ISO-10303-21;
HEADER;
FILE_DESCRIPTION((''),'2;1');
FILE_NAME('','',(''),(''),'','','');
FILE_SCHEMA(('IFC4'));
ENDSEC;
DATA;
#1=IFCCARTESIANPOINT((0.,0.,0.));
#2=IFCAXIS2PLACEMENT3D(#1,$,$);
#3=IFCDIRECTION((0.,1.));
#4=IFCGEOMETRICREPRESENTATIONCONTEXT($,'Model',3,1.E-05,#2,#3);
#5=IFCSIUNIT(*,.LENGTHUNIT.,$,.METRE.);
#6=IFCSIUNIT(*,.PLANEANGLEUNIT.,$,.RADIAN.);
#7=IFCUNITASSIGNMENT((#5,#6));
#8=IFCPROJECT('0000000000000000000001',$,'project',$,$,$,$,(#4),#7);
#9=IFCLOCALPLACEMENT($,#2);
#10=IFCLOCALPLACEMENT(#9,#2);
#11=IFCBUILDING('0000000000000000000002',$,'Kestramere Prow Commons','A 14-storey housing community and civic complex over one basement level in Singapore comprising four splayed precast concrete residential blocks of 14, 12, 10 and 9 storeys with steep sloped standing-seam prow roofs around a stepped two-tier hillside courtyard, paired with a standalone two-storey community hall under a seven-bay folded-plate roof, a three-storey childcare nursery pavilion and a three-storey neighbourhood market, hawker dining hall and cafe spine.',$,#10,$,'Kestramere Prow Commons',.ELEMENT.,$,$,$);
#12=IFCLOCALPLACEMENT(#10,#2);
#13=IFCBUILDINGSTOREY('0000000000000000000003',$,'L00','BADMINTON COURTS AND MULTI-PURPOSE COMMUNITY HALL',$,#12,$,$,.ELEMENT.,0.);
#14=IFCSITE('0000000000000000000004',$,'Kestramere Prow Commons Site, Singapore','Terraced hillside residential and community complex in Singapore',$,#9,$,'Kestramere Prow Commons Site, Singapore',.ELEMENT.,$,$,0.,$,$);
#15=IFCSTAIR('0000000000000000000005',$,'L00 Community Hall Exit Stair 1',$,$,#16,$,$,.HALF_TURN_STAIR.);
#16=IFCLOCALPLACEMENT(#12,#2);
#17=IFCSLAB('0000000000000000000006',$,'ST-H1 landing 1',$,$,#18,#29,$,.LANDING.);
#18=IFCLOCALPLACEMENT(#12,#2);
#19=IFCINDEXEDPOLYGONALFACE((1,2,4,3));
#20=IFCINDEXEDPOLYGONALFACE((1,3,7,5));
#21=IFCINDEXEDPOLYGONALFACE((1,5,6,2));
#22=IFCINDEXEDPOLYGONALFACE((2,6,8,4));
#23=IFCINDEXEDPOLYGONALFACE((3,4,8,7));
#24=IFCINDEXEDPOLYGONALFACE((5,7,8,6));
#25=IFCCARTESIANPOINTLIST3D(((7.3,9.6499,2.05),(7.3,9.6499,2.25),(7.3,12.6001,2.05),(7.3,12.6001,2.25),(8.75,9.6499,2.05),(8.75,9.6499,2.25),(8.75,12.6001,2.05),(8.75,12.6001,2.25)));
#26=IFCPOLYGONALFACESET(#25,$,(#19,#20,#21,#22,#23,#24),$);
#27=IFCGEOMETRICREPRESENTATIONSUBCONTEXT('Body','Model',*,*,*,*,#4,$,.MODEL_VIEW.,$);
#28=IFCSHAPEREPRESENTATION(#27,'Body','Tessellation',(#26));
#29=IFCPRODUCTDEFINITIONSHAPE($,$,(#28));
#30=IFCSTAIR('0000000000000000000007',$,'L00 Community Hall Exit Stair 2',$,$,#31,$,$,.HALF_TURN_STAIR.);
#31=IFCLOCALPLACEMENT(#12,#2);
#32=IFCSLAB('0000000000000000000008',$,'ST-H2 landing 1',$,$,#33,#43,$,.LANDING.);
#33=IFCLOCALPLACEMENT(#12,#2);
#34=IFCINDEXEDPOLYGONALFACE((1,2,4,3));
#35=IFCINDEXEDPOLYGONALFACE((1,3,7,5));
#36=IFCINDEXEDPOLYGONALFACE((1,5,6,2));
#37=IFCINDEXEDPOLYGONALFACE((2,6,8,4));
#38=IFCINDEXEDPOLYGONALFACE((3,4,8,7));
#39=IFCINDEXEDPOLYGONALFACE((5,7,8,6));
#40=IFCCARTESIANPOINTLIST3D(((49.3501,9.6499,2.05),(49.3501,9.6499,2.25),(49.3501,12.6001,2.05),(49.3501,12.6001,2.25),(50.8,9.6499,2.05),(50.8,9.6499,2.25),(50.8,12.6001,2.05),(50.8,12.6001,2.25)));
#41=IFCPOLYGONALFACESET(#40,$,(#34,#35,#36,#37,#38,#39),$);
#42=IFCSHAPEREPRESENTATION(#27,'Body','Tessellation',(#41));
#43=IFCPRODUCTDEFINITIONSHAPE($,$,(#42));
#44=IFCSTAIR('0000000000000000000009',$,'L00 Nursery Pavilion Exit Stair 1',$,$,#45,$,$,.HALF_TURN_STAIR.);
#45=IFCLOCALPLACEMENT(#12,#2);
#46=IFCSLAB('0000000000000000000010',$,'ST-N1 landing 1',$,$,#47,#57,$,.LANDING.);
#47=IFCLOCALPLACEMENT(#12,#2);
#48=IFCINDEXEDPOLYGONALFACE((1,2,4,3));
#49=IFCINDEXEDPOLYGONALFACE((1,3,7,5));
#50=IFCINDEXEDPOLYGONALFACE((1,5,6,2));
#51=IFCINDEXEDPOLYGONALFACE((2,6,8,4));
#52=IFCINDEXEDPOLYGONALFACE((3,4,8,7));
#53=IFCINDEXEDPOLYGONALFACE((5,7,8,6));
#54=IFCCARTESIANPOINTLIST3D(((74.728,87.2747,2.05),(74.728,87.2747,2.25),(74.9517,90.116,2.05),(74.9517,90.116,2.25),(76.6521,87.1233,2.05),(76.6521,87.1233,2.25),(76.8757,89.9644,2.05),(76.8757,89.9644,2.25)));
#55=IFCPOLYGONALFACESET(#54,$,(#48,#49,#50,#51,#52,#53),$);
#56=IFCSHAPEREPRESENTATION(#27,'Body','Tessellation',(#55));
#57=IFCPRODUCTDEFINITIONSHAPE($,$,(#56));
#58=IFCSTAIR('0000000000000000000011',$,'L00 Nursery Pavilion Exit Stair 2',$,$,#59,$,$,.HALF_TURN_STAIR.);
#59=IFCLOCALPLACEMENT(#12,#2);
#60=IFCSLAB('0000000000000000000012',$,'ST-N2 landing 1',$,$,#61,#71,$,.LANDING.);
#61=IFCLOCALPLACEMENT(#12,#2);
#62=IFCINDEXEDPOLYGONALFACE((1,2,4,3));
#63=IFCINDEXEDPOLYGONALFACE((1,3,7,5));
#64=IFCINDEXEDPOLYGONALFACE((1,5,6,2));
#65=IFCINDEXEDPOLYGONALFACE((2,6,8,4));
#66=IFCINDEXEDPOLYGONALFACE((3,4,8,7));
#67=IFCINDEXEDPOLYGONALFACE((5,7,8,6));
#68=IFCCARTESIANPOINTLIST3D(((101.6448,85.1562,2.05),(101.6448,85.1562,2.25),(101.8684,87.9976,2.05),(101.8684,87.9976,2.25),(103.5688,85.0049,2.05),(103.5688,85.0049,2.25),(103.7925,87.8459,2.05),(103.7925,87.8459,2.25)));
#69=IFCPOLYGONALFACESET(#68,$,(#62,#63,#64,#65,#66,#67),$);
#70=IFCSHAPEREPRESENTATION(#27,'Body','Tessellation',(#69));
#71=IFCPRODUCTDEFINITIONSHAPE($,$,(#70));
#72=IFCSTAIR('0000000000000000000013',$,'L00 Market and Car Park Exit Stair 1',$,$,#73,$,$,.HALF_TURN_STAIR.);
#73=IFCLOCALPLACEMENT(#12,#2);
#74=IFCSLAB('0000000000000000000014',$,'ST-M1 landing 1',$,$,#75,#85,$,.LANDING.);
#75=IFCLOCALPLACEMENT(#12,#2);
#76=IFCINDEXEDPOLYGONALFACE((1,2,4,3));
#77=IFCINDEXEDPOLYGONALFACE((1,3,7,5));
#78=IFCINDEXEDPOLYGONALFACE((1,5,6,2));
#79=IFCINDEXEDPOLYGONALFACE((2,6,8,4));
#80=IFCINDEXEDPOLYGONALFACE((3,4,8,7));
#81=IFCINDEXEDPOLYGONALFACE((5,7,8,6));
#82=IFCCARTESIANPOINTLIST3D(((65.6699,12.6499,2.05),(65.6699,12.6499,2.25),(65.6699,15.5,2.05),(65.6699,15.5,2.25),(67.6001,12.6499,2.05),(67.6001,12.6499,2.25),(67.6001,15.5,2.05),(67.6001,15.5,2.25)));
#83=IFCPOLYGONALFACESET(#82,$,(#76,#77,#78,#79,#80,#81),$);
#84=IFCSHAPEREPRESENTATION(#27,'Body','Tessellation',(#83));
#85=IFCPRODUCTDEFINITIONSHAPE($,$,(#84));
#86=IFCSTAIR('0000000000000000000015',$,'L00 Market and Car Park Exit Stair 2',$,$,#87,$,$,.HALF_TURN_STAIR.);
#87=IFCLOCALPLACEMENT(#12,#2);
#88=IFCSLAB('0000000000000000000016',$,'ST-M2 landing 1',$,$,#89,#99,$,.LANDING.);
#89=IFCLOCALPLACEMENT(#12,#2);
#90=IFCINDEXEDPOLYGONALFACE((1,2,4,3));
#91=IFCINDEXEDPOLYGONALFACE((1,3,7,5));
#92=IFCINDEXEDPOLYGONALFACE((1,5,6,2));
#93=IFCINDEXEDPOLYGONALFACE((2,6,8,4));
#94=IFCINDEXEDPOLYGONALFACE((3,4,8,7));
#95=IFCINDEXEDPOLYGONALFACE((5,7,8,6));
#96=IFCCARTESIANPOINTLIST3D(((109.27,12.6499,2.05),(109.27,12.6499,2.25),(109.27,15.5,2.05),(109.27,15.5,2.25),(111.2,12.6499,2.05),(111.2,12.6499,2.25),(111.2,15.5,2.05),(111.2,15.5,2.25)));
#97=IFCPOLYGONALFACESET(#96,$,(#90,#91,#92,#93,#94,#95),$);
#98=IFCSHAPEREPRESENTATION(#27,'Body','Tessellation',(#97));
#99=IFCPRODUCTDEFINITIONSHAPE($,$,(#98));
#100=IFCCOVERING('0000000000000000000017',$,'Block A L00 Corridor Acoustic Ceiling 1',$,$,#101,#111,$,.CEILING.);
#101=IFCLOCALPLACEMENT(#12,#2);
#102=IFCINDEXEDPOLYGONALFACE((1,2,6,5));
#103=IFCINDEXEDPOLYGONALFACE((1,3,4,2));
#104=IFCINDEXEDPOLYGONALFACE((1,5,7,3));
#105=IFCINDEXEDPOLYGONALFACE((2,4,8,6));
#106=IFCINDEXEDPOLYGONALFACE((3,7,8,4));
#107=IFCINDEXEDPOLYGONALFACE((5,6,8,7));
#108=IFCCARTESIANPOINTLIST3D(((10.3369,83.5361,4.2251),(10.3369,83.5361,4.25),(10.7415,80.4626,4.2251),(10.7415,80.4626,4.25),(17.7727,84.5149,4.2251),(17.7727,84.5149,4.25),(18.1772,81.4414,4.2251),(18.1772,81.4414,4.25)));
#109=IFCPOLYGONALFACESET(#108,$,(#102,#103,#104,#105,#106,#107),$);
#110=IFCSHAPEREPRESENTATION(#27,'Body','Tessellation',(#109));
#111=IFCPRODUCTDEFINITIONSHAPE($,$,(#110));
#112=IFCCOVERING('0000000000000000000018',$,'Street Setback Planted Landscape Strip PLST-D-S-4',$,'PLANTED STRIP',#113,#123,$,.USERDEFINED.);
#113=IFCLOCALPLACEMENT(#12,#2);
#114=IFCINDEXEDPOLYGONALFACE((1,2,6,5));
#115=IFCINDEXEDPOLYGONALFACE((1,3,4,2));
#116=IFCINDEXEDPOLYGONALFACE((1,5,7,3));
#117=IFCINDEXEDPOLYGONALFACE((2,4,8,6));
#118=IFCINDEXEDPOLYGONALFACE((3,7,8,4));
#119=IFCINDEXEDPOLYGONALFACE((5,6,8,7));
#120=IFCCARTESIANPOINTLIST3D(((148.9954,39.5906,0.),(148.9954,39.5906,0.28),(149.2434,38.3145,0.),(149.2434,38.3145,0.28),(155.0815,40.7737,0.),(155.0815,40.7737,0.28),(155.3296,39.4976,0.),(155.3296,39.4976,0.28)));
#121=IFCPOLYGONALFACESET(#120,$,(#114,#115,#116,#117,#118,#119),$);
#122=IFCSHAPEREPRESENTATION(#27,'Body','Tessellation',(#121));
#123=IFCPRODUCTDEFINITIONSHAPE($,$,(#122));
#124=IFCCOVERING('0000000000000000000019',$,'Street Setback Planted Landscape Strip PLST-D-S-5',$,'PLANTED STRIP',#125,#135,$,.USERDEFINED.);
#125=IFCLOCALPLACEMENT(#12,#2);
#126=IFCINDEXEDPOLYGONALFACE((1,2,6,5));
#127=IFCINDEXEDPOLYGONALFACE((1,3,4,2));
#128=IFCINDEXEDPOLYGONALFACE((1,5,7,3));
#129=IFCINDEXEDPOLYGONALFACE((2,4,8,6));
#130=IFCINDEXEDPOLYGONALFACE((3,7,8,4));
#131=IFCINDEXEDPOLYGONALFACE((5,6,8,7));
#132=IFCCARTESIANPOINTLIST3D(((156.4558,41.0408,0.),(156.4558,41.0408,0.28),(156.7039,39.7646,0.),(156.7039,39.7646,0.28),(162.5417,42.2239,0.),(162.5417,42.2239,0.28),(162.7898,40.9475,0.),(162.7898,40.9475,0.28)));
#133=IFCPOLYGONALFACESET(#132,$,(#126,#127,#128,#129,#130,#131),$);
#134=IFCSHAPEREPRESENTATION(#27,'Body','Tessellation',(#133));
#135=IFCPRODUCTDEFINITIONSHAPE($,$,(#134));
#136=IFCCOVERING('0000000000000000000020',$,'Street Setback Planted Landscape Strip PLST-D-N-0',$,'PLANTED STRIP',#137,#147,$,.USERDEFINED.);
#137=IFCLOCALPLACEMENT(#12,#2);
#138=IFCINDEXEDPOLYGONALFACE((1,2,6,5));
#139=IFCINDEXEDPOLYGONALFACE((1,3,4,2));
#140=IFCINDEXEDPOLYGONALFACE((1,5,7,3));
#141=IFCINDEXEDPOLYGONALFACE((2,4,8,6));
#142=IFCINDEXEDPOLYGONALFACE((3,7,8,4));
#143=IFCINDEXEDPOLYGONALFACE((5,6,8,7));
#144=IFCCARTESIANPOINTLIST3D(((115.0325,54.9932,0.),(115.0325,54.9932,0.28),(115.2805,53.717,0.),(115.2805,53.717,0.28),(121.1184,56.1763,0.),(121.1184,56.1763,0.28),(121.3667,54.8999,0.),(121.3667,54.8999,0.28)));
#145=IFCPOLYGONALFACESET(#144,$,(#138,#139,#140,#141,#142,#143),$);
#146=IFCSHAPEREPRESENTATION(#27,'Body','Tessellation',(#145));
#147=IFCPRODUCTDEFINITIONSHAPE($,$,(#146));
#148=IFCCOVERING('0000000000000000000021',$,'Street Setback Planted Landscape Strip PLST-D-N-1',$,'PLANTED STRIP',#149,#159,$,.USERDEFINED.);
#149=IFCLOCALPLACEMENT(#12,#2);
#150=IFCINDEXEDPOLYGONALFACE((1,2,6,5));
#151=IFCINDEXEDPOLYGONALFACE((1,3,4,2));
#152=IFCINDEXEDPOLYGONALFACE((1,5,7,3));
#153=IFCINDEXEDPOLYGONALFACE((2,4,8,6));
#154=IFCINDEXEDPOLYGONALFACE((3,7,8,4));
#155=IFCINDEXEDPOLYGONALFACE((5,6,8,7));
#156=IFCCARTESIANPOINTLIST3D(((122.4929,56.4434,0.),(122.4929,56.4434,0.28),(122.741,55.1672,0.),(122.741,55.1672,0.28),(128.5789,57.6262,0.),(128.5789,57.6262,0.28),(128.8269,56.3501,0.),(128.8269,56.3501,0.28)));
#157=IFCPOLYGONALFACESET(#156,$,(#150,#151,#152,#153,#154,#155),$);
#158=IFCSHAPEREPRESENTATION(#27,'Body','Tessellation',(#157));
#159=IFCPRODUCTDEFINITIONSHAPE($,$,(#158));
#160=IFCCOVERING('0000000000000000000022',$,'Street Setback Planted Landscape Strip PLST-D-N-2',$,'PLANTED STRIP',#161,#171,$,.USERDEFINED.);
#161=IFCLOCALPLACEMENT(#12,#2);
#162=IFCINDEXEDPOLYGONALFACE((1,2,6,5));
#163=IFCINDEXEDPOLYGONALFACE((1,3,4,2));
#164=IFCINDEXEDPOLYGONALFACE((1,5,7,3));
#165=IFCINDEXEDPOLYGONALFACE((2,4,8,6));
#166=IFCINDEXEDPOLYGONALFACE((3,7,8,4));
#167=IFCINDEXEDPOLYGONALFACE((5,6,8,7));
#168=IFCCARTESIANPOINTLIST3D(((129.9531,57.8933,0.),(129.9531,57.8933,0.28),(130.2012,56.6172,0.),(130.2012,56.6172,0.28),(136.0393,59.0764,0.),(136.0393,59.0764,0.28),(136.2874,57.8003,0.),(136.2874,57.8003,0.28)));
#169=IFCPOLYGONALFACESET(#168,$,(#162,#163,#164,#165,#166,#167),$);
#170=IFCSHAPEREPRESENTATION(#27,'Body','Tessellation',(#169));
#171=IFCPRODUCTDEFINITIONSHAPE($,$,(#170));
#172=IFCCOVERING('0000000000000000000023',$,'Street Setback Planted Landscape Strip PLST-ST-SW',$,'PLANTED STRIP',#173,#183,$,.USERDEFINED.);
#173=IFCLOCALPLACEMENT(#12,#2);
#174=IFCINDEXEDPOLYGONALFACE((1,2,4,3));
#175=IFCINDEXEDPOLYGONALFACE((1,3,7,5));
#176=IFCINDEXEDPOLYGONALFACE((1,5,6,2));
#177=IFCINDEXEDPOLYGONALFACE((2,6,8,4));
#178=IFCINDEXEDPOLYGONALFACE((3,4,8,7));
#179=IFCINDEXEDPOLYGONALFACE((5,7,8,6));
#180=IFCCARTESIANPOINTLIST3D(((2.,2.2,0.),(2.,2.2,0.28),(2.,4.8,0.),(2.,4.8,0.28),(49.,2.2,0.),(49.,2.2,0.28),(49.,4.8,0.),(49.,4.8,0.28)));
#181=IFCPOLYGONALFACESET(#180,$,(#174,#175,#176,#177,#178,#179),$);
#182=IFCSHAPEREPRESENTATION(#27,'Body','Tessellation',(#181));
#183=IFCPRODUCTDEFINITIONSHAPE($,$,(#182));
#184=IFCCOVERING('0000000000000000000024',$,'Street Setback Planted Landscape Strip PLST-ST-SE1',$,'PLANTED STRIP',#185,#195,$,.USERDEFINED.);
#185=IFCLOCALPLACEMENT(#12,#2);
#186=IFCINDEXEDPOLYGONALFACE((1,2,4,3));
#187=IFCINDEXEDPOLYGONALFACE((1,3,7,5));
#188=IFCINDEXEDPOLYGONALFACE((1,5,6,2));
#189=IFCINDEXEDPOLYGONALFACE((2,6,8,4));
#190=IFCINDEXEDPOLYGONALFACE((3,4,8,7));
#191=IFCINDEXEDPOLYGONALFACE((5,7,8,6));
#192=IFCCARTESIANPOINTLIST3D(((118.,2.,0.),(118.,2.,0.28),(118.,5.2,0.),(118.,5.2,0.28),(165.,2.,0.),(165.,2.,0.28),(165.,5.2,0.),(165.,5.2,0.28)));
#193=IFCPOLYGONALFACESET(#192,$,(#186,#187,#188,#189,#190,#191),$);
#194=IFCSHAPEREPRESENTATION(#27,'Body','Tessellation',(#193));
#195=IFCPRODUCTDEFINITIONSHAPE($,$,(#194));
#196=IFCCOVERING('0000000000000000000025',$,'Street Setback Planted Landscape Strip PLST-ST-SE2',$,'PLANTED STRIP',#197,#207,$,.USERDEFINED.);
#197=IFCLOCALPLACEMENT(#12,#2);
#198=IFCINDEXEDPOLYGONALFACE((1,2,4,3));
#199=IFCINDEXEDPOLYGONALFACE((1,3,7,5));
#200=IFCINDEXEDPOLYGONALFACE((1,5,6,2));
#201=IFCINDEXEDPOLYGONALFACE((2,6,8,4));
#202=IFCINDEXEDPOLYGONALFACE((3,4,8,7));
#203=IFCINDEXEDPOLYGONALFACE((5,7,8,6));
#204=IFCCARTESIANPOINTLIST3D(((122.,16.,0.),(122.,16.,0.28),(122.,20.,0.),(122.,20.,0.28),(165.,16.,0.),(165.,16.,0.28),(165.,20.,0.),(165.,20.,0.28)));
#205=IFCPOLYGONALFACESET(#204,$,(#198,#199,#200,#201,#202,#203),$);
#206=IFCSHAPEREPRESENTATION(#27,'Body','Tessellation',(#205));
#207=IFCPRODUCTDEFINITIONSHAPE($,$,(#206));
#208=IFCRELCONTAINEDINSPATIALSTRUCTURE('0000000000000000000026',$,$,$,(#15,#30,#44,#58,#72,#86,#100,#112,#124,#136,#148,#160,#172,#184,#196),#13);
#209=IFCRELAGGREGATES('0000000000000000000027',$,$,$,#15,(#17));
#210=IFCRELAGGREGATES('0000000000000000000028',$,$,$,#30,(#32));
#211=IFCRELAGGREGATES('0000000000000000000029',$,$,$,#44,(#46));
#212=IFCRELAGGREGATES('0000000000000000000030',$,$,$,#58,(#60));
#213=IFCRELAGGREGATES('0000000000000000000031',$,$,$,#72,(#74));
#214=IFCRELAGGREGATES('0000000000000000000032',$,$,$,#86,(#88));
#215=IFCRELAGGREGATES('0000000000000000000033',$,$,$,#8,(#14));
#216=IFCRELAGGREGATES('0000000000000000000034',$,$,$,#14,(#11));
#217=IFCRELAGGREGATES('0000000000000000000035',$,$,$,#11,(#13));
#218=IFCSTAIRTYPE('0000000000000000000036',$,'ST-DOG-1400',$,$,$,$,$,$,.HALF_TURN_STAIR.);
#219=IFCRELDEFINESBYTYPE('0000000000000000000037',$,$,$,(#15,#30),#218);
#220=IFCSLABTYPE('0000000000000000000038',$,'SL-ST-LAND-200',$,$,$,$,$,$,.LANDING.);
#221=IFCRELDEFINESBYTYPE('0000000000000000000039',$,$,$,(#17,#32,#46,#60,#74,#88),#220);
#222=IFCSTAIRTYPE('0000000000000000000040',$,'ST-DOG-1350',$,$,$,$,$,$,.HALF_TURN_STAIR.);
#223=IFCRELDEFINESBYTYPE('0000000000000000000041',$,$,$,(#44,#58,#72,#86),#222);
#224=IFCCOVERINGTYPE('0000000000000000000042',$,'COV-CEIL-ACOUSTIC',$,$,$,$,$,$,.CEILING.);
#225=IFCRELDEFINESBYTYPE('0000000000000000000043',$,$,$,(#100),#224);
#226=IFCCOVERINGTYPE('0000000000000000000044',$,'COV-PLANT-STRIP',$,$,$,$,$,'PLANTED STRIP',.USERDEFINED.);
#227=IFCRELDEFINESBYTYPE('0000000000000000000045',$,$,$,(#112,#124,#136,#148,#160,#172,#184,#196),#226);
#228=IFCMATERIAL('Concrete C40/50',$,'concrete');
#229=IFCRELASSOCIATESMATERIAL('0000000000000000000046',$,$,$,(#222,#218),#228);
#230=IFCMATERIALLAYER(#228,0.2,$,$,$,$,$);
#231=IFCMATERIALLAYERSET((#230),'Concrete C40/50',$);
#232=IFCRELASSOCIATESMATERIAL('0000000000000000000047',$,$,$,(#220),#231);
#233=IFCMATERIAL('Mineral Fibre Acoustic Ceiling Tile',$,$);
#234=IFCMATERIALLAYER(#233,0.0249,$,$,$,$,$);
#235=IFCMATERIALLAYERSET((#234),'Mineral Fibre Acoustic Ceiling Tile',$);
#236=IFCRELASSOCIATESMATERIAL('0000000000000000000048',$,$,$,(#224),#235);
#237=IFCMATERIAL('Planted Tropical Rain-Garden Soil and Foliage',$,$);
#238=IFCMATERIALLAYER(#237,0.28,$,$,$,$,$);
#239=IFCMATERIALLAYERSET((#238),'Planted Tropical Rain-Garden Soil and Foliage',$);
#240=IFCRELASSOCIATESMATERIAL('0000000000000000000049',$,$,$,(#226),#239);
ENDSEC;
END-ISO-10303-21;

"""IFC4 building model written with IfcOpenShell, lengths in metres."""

from ifc_helpers import new_model, si_unit, direction, frame, origin, place, context, subcontext, project, spatial, polyline, outline, extrude, material, layer, layer_set, type_object, element, aggregate, save


model = new_model("IFC4")

# Units and contexts
model_context = context("Model", 3, precision=1e-05, world=origin(), true_north=direction((0.0, 1.0)))
body_context = subcontext(model_context, "Body", "Model", "MODEL_VIEW")
ifc_project = project(units=[si_unit("LENGTHUNIT", "METRE"), si_unit("PLANEANGLEUNIT", "RADIAN")], contexts=[model_context])

# Site, building, storey
site_placement = place(None, origin())
site = spatial("IfcSite", under=ifc_project, at=site_placement, Name="Kestramere Prow Commons Site, Singapore", Description="Terraced hillside residential and community complex in Singapore", LongName="Kestramere Prow Commons Site, Singapore", CompositionType="ELEMENT", RefElevation=0.0)
building_placement = place(site_placement, origin())
building = spatial("IfcBuilding", under=site, at=building_placement, Name="Kestramere Prow Commons", Description="A 14-storey housing community and civic complex over one basement level in Singapore comprising four splayed precast concrete residential blocks of 14, 12, 10 and 9 storeys with steep sloped standing-seam prow roofs around a stepped two-tier hillside courtyard, paired with a standalone two-storey community hall under a seven-bay folded-plate roof, a three-storey childcare nursery pavilion and a three-storey neighbourhood market, hawker dining hall and cafe spine.", LongName="Kestramere Prow Commons", CompositionType="ELEMENT")
storey_placement = place(building_placement, origin())
storey = spatial("IfcBuildingStorey", under=building, at=storey_placement, Name="L00", Description="BADMINTON COURTS AND MULTI-PURPOSE COMMUNITY HALL", CompositionType="ELEMENT", Elevation=0.0)

# Stairs, slabs
ifc_material_1 = material(Name="Concrete C40/50", Category="concrete")
stair_type_1 = type_object("IfcStairType", Name="ST-DOG-1350", PredefinedType="HALF_TURN_STAIR", material=ifc_material_1)
ifc_layer_1 = layer(ifc_material_1, 0.2)
ifc_layer_set_1 = layer_set([ifc_layer_1], Name="Concrete C40/50")
slab_type_1 = type_object("IfcSlabType", Name="SL-ST-LAND-200", PredefinedType="LANDING", material=ifc_layer_set_1)
stair_type_2 = type_object("IfcStairType", Name="ST-DOG-1400", PredefinedType="HALF_TURN_STAIR", material=ifc_material_1)
stair_1_placement = place(storey_placement, origin())
stair_1 = element("IfcStair", 1, at=stair_1_placement, inside=storey, type_object=stair_type_2, Name="L00 Community Hall Exit Stair 1", PredefinedType="HALF_TURN_STAIR")
slab_1_placement = place(storey_placement, frame((0.0, 0.0, 2.05)))
slab_1 = element("IfcSlab", 2, at=slab_1_placement, type_object=slab_type_1, Name="ST-H1 landing 1", PredefinedType="LANDING", context=body_context, shape_type="SweptSolid", body=[
    extrude(outline(polyline([(7.3, 9.6499), (8.75, 9.6499), (8.75, 12.6001), (7.3, 12.6001), (7.3, 9.6499)])), origin(), (0.0, 0.0, 1.0), 0.2),
])
aggregate(stair_1, [slab_1])
stair_2_placement = place(storey_placement, origin())
stair_2 = element("IfcStair", 3, at=stair_2_placement, inside=storey, type_object=stair_type_2, Name="L00 Community Hall Exit Stair 2", PredefinedType="HALF_TURN_STAIR")
slab_2_placement = place(storey_placement, frame((0.0, 0.0, 2.05)))
slab_2 = element("IfcSlab", 4, at=slab_2_placement, type_object=slab_type_1, Name="ST-H2 landing 1", PredefinedType="LANDING", context=body_context, shape_type="SweptSolid", body=[
    extrude(outline(polyline([(49.3501, 9.6499), (50.8, 9.6499), (50.8, 12.6001), (49.3501, 12.6001), (49.3501, 9.6499)])), origin(), (0.0, 0.0, 1.0), 0.2),
])
aggregate(stair_2, [slab_2])
stair_3_placement = place(storey_placement, origin())
stair_3 = element("IfcStair", 5, at=stair_3_placement, inside=storey, type_object=stair_type_1, Name="L00 Nursery Pavilion Exit Stair 1", PredefinedType="HALF_TURN_STAIR")
slab_3_placement = place(storey_placement, frame((0.0, 0.0, 2.05)))
slab_3 = element("IfcSlab", 6, at=slab_3_placement, type_object=slab_type_1, Name="ST-N1 landing 1", PredefinedType="LANDING", context=body_context, shape_type="SweptSolid", body=[
    extrude(outline(polyline([(74.728, 87.2747), (76.6521, 87.1233), (76.8757, 89.9644), (74.9517, 90.116), (74.728, 87.2747)])), origin(), (0.0, 0.0, 1.0), 0.2),
])
aggregate(stair_3, [slab_3])
stair_4_placement = place(storey_placement, origin())
stair_4 = element("IfcStair", 7, at=stair_4_placement, inside=storey, type_object=stair_type_1, Name="L00 Nursery Pavilion Exit Stair 2", PredefinedType="HALF_TURN_STAIR")
slab_4_placement = place(storey_placement, frame((0.0, 0.0, 2.05)))
slab_4 = element("IfcSlab", 8, at=slab_4_placement, type_object=slab_type_1, Name="ST-N2 landing 1", PredefinedType="LANDING", context=body_context, shape_type="SweptSolid", body=[
    extrude(outline(polyline([(101.6448, 85.1562), (103.5688, 85.0049), (103.7925, 87.8459), (101.8684, 87.9976), (101.6448, 85.1562)])), origin(), (0.0, 0.0, 1.0), 0.2),
])
aggregate(stair_4, [slab_4])
stair_5_placement = place(storey_placement, origin())
stair_5 = element("IfcStair", 9, at=stair_5_placement, inside=storey, type_object=stair_type_1, Name="L00 Market and Car Park Exit Stair 1", PredefinedType="HALF_TURN_STAIR")
slab_5_placement = place(storey_placement, frame((0.0, 0.0, 2.05)))
slab_5 = element("IfcSlab", 10, at=slab_5_placement, type_object=slab_type_1, Name="ST-M1 landing 1", PredefinedType="LANDING", context=body_context, shape_type="SweptSolid", body=[
    extrude(outline(polyline([(65.6699, 12.6499), (67.6001, 12.6499), (67.6001, 15.5), (65.6699, 15.5), (65.6699, 12.6499)])), origin(), (0.0, 0.0, 1.0), 0.2),
])
aggregate(stair_5, [slab_5])
stair_6_placement = place(storey_placement, origin())
stair_6 = element("IfcStair", 11, at=stair_6_placement, inside=storey, type_object=stair_type_1, Name="L00 Market and Car Park Exit Stair 2", PredefinedType="HALF_TURN_STAIR")
slab_6_placement = place(storey_placement, frame((0.0, 0.0, 2.05)))
slab_6 = element("IfcSlab", 12, at=slab_6_placement, type_object=slab_type_1, Name="ST-M2 landing 1", PredefinedType="LANDING", context=body_context, shape_type="SweptSolid", body=[
    extrude(outline(polyline([(109.27, 12.6499), (111.2, 12.6499), (111.2, 15.5), (109.27, 15.5), (109.27, 12.6499)])), origin(), (0.0, 0.0, 1.0), 0.2),
])
aggregate(stair_6, [slab_6])

# Coverings
ifc_material_2 = material(Name="Mineral Fibre Acoustic Ceiling Tile")
ifc_layer_2 = layer(ifc_material_2, 0.0249)
ifc_layer_set_2 = layer_set([ifc_layer_2], Name="Mineral Fibre Acoustic Ceiling Tile")
covering_type_1 = type_object("IfcCoveringType", Name="COV-CEIL-ACOUSTIC", PredefinedType="CEILING", material=ifc_layer_set_2)
covering_1_placement = place(storey_placement, frame((0.0, 0.0, 4.2251)))
element("IfcCovering", 13, at=covering_1_placement, inside=storey, type_object=covering_type_1, Name="Block A L00 Corridor Acoustic Ceiling 1", PredefinedType="CEILING", context=body_context, shape_type="SweptSolid", body=[
    extrude(outline(polyline([(10.7415, 80.4626), (18.1772, 81.4414), (17.7727, 84.5149), (10.3369, 83.5361), (10.7415, 80.4626)])), origin(), (0.0, 0.0, 1.0), 0.0249),
])
ifc_material_3 = material(Name="Planted Tropical Rain-Garden Soil and Foliage")
ifc_layer_3 = layer(ifc_material_3, 0.28)
ifc_layer_set_3 = layer_set([ifc_layer_3], Name="Planted Tropical Rain-Garden Soil and Foliage")
covering_type_2 = type_object("IfcCoveringType", Name="COV-PLANT-STRIP", ElementType="PLANTED STRIP", PredefinedType="USERDEFINED", material=ifc_layer_set_3)
covering_2_placement = place(storey_placement, origin())
element("IfcCovering", 14, at=covering_2_placement, inside=storey, type_object=covering_type_2, Name="Street Setback Planted Landscape Strip PLST-D-S-4", ObjectType="PLANTED STRIP", PredefinedType="USERDEFINED", context=body_context, shape_type="SweptSolid", body=[
    extrude(outline(polyline([(148.9954, 39.5906), (155.0815, 40.7737), (155.3296, 39.4976), (149.2434, 38.3145), (148.9954, 39.5906)])), origin(), (0.0, 0.0, 1.0), 0.28),
])
covering_3_placement = place(storey_placement, origin())
element("IfcCovering", 15, at=covering_3_placement, inside=storey, type_object=covering_type_2, Name="Street Setback Planted Landscape Strip PLST-D-S-5", ObjectType="PLANTED STRIP", PredefinedType="USERDEFINED", context=body_context, shape_type="SweptSolid", body=[
    extrude(outline(polyline([(156.4558, 41.0408), (162.5417, 42.2239), (162.7898, 40.9475), (156.7039, 39.7646), (156.4558, 41.0408)])), origin(), (0.0, 0.0, 1.0), 0.28),
])
covering_4_placement = place(storey_placement, origin())
element("IfcCovering", 16, at=covering_4_placement, inside=storey, type_object=covering_type_2, Name="Street Setback Planted Landscape Strip PLST-D-N-0", ObjectType="PLANTED STRIP", PredefinedType="USERDEFINED", context=body_context, shape_type="SweptSolid", body=[
    extrude(outline(polyline([(115.0325, 54.9932), (121.1184, 56.1763), (121.3667, 54.8999), (115.2805, 53.717), (115.0325, 54.9932)])), origin(), (0.0, 0.0, 1.0), 0.28),
])
covering_5_placement = place(storey_placement, origin())
element("IfcCovering", 17, at=covering_5_placement, inside=storey, type_object=covering_type_2, Name="Street Setback Planted Landscape Strip PLST-D-N-1", ObjectType="PLANTED STRIP", PredefinedType="USERDEFINED", context=body_context, shape_type="SweptSolid", body=[
    extrude(outline(polyline([(122.4929, 56.4434), (128.5789, 57.6262), (128.8269, 56.3501), (122.741, 55.1672), (122.4929, 56.4434)])), origin(), (0.0, 0.0, 1.0), 0.28),
])
covering_6_placement = place(storey_placement, origin())
element("IfcCovering", 18, at=covering_6_placement, inside=storey, type_object=covering_type_2, Name="Street Setback Planted Landscape Strip PLST-D-N-2", ObjectType="PLANTED STRIP", PredefinedType="USERDEFINED", context=body_context, shape_type="SweptSolid", body=[
    extrude(outline(polyline([(129.9531, 57.8933), (136.0393, 59.0764), (136.2874, 57.8003), (130.2012, 56.6172), (129.9531, 57.8933)])), origin(), (0.0, 0.0, 1.0), 0.28),
])
covering_7_placement = place(storey_placement, origin())
element("IfcCovering", 19, at=covering_7_placement, inside=storey, type_object=covering_type_2, Name="Street Setback Planted Landscape Strip PLST-ST-SW", ObjectType="PLANTED STRIP", PredefinedType="USERDEFINED", context=body_context, shape_type="SweptSolid", body=[
    extrude(outline(polyline([(2.0, 2.2), (2.0, 4.8), (49.0, 4.8), (49.0, 2.2), (2.0, 2.2)])), origin(), (0.0, 0.0, 1.0), 0.28),
])
covering_8_placement = place(storey_placement, origin())
element("IfcCovering", 20, at=covering_8_placement, inside=storey, type_object=covering_type_2, Name="Street Setback Planted Landscape Strip PLST-ST-SE1", ObjectType="PLANTED STRIP", PredefinedType="USERDEFINED", context=body_context, shape_type="SweptSolid", body=[
    extrude(outline(polyline([(118.0, 2.0), (118.0, 5.2), (165.0, 5.2), (165.0, 2.0), (118.0, 2.0)])), origin(), (0.0, 0.0, 1.0), 0.28),
])
covering_9_placement = place(storey_placement, origin())
element("IfcCovering", 21, at=covering_9_placement, inside=storey, type_object=covering_type_2, Name="Street Setback Planted Landscape Strip PLST-ST-SE2", ObjectType="PLANTED STRIP", PredefinedType="USERDEFINED", context=body_context, shape_type="SweptSolid", body=[
    extrude(outline(polyline([(122.0, 16.0), (122.0, 20.0), (165.0, 20.0), (165.0, 16.0), (122.0, 16.0)])), origin(), (0.0, 0.0, 1.0), 0.28),
])

save(model, "model.ifc")
